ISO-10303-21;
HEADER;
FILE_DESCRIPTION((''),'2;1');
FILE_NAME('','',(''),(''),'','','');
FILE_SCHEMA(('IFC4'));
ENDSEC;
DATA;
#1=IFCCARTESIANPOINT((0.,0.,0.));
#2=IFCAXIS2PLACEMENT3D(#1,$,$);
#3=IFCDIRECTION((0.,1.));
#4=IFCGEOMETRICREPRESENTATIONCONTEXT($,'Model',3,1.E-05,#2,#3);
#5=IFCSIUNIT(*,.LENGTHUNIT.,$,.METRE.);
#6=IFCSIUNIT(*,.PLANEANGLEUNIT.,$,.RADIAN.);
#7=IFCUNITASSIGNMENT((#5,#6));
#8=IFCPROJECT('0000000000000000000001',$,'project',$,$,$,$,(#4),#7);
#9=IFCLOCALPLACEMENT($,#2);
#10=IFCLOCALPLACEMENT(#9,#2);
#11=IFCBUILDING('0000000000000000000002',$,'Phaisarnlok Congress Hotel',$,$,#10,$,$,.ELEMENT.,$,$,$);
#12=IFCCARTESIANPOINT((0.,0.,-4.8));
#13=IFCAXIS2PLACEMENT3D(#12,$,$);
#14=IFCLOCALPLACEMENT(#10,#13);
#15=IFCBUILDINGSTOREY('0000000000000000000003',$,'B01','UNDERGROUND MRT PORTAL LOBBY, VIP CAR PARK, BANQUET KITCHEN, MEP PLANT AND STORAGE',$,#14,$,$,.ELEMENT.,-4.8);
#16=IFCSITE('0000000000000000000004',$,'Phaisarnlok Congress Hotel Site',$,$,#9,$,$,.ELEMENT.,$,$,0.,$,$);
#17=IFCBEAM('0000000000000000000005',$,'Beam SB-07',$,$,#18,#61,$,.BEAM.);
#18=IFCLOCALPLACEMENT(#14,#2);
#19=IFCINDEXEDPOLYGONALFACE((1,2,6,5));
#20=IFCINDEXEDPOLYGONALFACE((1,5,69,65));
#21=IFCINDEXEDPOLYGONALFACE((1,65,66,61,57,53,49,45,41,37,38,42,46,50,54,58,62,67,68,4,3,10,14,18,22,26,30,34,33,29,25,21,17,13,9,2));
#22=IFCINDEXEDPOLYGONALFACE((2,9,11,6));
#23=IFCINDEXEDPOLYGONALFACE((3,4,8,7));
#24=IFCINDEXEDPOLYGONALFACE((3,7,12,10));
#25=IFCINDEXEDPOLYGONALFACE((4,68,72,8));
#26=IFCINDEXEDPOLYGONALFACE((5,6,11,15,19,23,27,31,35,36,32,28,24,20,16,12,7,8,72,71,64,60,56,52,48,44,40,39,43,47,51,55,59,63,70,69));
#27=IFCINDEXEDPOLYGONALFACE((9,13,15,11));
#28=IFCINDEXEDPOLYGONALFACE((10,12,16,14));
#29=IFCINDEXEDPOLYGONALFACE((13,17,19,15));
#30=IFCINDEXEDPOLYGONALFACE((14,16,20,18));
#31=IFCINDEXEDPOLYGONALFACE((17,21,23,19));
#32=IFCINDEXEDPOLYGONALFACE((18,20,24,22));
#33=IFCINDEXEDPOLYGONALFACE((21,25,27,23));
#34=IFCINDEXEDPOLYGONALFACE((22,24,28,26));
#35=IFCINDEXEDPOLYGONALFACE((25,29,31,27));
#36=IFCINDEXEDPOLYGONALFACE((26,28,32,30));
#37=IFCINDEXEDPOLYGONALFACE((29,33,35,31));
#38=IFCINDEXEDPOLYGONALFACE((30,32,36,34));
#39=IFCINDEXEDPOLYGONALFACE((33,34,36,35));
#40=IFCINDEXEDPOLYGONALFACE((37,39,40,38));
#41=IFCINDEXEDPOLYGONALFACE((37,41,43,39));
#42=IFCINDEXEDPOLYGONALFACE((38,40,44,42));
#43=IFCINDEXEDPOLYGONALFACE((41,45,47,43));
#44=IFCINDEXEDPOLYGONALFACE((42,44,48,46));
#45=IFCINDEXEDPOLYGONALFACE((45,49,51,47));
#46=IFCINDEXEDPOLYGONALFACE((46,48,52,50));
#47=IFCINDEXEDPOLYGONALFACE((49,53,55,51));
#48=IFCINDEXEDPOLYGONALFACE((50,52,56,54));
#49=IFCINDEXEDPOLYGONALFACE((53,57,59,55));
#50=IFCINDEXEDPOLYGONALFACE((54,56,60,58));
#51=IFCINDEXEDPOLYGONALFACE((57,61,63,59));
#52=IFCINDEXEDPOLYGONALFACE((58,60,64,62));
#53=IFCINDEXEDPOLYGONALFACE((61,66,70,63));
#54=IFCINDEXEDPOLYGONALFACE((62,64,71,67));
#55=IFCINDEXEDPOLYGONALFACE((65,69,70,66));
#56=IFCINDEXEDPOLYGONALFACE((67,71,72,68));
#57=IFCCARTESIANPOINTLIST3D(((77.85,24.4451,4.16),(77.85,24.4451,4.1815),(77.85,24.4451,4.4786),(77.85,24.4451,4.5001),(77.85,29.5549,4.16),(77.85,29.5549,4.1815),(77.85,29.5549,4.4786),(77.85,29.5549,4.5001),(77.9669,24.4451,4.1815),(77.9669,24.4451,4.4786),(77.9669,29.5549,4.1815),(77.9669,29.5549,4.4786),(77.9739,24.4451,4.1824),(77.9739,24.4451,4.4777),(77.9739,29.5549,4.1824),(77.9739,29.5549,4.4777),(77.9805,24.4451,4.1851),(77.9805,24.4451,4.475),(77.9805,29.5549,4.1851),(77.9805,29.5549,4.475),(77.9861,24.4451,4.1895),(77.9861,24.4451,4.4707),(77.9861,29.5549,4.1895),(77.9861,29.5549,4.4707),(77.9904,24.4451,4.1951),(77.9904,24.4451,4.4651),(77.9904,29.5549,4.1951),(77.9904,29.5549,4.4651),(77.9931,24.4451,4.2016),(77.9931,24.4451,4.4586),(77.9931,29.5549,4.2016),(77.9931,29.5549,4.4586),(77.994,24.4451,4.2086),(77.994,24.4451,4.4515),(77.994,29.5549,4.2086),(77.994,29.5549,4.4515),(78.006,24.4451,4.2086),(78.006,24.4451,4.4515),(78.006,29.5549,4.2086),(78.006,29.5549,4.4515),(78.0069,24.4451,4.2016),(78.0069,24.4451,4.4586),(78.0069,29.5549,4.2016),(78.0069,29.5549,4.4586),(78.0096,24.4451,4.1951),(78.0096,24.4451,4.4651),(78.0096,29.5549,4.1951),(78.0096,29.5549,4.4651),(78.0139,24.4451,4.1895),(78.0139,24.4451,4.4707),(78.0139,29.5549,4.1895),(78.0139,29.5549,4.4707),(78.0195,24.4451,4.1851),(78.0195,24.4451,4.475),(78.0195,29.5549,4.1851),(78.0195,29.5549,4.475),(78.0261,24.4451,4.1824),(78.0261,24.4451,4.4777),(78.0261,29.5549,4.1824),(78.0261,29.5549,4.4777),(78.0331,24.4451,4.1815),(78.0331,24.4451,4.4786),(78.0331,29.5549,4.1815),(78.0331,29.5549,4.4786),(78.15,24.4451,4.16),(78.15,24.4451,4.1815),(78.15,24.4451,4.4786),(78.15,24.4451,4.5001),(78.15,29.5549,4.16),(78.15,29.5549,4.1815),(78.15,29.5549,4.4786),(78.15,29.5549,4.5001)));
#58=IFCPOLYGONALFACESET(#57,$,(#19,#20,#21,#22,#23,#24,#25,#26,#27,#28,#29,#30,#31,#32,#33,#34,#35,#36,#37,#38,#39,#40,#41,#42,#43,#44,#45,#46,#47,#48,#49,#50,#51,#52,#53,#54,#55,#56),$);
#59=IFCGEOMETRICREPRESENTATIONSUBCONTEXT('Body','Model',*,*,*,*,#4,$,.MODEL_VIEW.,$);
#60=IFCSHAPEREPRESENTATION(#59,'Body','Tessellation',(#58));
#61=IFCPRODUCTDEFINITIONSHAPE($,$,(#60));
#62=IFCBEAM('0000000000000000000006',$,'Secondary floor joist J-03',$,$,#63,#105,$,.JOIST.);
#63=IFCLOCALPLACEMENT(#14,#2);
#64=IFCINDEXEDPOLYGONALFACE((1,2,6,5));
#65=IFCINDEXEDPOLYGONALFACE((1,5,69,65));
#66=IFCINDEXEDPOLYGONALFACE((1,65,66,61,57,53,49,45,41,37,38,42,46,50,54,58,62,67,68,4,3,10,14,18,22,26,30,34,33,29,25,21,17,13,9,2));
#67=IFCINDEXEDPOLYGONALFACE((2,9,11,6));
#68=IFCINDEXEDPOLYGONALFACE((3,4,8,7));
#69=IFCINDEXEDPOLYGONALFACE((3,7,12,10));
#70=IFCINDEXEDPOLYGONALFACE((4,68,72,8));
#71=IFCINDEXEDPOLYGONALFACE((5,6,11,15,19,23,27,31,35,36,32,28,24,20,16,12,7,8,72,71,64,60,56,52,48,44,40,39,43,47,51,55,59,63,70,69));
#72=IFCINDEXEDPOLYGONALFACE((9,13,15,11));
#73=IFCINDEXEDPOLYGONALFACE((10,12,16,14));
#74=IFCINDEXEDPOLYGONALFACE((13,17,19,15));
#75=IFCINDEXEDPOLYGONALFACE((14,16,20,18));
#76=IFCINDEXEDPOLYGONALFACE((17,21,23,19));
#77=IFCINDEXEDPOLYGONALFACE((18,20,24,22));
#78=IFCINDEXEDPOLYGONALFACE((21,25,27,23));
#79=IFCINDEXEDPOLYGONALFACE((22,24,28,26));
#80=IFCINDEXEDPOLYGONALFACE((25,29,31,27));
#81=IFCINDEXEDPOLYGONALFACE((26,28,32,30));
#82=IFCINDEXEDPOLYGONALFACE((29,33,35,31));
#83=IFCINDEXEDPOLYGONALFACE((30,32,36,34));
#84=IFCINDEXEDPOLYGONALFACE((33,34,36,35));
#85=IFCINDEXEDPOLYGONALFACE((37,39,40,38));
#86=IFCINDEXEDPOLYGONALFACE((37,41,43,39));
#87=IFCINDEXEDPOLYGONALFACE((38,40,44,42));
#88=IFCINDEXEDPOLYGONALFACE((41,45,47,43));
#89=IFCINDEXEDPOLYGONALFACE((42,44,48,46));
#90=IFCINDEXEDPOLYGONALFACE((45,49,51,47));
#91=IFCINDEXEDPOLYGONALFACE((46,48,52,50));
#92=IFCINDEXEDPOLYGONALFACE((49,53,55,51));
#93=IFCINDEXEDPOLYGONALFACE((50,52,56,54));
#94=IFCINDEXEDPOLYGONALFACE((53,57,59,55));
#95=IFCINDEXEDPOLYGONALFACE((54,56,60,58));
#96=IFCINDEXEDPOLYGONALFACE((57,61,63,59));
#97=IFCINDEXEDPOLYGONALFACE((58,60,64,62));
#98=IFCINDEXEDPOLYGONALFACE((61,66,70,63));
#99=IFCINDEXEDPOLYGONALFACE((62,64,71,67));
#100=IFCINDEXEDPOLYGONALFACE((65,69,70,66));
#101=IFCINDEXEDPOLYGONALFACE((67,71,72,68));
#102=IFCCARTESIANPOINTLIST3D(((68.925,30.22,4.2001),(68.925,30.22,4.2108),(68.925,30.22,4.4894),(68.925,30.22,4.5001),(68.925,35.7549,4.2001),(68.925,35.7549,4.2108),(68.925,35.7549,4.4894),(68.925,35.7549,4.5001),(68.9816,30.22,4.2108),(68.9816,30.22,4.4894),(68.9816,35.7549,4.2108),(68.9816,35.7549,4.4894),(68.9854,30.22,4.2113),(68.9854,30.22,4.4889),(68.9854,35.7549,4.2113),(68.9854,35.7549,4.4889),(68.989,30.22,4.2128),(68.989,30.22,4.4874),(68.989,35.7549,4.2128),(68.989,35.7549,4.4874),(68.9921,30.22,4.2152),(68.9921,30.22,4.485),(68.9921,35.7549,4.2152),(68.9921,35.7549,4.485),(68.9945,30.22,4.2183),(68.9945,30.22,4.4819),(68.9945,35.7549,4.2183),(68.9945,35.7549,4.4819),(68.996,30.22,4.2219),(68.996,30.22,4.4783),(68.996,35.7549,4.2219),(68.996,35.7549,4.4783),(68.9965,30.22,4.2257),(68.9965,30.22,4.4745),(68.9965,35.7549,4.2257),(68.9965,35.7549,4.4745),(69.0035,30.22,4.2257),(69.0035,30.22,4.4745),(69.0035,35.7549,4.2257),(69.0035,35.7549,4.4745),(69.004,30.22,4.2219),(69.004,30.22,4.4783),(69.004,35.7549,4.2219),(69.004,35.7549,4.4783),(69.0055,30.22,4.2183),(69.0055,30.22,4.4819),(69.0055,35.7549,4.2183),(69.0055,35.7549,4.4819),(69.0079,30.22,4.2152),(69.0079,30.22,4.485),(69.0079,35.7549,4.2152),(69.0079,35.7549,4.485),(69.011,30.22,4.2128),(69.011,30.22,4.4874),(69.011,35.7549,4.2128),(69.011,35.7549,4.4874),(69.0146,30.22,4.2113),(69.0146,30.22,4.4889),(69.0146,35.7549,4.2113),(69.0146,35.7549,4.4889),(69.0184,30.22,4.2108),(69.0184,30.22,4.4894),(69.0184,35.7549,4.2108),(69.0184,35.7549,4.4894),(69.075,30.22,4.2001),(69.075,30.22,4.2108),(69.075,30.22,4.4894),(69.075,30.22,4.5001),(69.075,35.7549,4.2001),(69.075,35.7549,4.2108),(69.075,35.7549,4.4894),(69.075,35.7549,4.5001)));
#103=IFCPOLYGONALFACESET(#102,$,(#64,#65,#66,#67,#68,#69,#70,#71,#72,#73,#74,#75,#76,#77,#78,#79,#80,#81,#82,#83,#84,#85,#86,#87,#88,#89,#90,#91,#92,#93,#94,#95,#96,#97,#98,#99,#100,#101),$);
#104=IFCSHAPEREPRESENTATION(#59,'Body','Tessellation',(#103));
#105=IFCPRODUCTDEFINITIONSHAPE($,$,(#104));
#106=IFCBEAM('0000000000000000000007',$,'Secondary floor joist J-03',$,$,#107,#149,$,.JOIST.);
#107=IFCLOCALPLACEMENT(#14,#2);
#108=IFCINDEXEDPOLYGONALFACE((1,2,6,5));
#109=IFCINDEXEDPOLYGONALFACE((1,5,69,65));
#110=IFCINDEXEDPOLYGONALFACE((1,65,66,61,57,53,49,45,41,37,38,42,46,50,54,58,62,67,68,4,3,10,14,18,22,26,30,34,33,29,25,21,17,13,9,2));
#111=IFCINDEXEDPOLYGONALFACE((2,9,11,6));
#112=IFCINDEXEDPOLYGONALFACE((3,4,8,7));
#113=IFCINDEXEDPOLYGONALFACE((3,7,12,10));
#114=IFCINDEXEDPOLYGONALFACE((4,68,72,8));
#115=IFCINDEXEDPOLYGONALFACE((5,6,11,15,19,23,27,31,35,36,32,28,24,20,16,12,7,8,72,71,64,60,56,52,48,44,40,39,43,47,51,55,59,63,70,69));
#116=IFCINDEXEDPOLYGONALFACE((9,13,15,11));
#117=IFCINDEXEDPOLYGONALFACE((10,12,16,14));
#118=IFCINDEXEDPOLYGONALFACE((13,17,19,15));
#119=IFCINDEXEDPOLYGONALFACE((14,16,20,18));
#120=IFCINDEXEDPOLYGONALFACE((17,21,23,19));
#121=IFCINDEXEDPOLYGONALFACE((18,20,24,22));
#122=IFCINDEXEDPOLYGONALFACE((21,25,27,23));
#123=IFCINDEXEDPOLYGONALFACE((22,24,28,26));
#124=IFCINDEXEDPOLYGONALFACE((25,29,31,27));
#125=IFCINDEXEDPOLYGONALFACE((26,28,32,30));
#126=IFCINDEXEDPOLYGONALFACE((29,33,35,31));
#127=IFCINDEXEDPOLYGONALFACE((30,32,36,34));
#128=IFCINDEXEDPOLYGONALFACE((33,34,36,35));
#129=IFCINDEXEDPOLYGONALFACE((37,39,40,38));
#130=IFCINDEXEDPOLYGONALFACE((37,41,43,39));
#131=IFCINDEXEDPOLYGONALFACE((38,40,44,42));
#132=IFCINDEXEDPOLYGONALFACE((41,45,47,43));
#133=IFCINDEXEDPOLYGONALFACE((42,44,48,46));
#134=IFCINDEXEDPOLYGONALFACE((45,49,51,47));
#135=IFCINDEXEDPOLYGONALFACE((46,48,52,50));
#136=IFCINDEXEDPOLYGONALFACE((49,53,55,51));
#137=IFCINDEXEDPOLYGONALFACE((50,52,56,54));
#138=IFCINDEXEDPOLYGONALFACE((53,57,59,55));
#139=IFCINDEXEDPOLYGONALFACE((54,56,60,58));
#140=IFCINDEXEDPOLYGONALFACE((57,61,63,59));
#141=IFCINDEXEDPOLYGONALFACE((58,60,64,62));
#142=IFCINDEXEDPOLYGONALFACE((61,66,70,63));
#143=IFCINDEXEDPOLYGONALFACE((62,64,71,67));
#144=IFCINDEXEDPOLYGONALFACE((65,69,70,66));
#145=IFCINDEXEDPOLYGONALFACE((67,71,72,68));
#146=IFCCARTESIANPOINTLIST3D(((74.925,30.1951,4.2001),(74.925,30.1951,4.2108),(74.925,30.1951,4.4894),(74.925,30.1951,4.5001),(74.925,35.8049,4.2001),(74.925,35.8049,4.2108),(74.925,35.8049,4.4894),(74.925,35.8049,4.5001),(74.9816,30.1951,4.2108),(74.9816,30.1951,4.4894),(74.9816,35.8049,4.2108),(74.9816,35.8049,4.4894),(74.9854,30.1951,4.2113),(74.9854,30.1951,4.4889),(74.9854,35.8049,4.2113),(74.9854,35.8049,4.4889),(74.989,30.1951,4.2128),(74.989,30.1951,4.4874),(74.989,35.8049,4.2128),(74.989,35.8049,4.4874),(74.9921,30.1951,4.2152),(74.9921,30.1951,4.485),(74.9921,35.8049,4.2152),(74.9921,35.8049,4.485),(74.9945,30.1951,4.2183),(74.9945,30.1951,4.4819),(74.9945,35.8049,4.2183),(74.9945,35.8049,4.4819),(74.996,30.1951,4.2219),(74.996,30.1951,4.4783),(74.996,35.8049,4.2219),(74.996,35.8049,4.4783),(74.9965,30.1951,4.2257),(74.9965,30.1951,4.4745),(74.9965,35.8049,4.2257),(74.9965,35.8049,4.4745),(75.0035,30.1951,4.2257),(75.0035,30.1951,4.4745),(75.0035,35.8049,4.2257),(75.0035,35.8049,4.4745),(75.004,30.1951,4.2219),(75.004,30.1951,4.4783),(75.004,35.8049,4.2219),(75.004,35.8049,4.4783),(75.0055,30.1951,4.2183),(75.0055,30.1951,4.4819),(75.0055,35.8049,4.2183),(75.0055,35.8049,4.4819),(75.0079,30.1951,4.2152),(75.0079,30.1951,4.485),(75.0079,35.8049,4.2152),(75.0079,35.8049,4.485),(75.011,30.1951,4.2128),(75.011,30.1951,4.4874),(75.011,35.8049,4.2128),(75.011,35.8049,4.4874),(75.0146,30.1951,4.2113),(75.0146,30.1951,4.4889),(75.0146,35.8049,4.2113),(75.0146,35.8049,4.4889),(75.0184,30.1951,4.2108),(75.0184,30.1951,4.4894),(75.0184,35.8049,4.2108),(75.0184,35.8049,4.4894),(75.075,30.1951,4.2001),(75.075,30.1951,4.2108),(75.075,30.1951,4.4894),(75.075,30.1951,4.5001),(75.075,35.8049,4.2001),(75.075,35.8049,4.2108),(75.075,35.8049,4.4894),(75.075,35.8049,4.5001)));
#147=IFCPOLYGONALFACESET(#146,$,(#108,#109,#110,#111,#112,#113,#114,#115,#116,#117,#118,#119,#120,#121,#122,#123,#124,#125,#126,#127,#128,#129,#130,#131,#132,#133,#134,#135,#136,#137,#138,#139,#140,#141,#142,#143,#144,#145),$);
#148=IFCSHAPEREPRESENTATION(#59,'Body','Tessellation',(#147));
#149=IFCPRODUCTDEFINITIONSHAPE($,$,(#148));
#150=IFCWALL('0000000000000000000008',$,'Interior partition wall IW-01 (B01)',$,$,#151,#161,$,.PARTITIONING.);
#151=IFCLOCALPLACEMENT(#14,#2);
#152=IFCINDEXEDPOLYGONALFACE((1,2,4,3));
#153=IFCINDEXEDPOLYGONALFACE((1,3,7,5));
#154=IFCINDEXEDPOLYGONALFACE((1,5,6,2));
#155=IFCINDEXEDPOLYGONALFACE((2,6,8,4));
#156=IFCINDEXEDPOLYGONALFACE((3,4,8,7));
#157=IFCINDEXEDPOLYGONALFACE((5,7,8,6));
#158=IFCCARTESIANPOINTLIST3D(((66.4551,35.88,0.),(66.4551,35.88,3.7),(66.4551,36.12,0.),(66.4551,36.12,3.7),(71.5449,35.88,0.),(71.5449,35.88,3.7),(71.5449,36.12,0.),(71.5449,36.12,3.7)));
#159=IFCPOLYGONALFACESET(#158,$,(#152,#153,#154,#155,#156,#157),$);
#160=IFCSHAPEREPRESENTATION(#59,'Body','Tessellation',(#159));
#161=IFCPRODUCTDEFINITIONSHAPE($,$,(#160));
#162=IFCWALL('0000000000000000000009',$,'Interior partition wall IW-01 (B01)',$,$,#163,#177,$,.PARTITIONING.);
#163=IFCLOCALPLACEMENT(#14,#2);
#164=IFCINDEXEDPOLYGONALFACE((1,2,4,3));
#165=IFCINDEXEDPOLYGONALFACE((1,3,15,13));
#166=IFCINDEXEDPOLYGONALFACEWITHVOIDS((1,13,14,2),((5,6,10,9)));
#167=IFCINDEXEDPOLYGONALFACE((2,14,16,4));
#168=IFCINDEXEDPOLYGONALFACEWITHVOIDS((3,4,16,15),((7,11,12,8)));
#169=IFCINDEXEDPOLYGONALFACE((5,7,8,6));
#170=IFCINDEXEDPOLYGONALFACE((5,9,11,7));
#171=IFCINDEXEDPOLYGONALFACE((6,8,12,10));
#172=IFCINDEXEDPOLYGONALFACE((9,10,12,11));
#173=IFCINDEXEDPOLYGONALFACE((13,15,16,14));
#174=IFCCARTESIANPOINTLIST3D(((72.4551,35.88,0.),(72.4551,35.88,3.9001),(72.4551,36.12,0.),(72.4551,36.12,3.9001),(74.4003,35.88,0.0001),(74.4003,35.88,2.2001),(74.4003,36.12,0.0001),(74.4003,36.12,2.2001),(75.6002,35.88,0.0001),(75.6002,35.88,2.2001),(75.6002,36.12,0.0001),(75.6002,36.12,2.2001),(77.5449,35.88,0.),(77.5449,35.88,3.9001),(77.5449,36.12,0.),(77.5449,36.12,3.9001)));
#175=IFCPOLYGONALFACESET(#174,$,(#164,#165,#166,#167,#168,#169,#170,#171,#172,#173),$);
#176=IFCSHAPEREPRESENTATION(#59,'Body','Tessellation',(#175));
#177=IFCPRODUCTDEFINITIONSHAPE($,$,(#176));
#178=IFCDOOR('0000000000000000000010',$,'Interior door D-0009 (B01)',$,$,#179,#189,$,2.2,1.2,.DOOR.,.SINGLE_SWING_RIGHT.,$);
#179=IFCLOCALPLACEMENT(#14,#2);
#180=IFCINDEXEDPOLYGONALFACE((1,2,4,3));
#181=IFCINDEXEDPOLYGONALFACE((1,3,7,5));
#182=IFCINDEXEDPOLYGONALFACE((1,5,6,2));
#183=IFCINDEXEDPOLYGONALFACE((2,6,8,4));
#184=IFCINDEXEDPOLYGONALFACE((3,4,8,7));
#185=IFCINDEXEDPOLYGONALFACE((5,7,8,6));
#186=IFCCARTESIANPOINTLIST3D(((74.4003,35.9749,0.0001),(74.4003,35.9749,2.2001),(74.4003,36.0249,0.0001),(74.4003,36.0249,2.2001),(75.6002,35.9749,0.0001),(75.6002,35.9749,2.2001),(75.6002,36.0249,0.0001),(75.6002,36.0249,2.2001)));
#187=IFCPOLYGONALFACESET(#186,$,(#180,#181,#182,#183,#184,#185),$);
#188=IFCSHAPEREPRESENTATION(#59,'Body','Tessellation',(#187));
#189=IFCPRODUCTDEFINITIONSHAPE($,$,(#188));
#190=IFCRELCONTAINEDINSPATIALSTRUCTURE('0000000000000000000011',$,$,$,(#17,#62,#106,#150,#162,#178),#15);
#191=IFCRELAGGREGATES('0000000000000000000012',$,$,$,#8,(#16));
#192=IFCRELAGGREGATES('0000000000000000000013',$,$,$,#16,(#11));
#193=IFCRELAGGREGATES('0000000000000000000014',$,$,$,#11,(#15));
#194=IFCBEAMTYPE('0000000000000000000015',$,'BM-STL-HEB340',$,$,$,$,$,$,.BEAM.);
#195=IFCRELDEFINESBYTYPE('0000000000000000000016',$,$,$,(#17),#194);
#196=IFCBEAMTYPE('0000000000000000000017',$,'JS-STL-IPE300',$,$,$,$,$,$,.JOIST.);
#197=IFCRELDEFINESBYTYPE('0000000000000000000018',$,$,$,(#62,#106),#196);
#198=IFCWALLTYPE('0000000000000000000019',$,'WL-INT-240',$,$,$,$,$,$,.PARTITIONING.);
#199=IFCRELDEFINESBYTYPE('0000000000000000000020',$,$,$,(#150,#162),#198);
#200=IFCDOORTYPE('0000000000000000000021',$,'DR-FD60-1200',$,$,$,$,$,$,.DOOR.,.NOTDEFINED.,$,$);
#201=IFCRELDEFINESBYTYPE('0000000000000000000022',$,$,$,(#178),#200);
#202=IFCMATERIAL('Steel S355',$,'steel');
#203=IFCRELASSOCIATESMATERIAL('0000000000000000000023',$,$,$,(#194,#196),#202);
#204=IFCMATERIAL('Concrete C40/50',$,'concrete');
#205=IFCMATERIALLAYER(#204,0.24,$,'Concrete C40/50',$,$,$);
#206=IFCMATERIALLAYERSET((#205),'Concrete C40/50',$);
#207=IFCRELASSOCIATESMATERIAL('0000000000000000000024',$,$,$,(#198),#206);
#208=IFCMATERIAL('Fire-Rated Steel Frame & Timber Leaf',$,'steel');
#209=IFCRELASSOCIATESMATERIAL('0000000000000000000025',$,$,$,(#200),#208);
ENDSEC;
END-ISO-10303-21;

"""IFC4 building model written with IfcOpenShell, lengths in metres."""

from ifc_helpers import new_model, si_unit, direction, frame, frame_2d, origin, origin_2d, place, context, subcontext, project, spatial, rectangle, i_section, extrude, material, layer, layer_set, material_profile, profile_set, type_object, element, fill, save


model = new_model("IFC4")

# Units and contexts
model_context = context("Model", 3, precision=1e-05, world=origin(), true_north=direction((0.0, 1.0)))
body_context = subcontext(model_context, "Body", "Model", "MODEL_VIEW")
ifc_project = project(units=[si_unit("LENGTHUNIT", "METRE"), si_unit("PLANEANGLEUNIT", "RADIAN")], contexts=[model_context])

# Site, building, storey
site_placement = place(None, origin())
site = spatial("IfcSite", under=ifc_project, at=site_placement, Name="Phaisarnlok Congress Hotel Site", CompositionType="ELEMENT", RefElevation=0.0)
building_placement = place(site_placement, origin())
building = spatial("IfcBuilding", under=site, at=building_placement, Name="Phaisarnlok Congress Hotel", CompositionType="ELEMENT")
storey_placement = place(building_placement, frame((0.0, 0.0, -4.8)))
storey = spatial("IfcBuildingStorey", under=building, at=storey_placement, Name="B01", Description="UNDERGROUND MRT PORTAL LOBBY, VIP CAR PARK, BANQUET KITCHEN, MEP PLANT AND STORAGE", CompositionType="ELEMENT", Elevation=-4.8)

# Shared definitions
ifc_material_1 = material(Name="Concrete C40/50", Category="concrete")

# Beams
ifc_material_2 = material(Name="Steel S355", Category="steel")
ifc_material_profile_1 = material_profile(ifc_material_2, i_section(OverallWidth=0.3, OverallDepth=0.3401, WebThickness=0.012, FlangeThickness=0.0215, FilletRadius=0.0271, at=origin_2d()), Name="HEB 340")
ifc_profile_set_1 = profile_set([ifc_material_profile_1], Name="Steel S355")
beam_type_1 = type_object("IfcBeamType", Name="BM-STL-HEB340", PredefinedType="BEAM", material=ifc_profile_set_1)
for number, where, z_axis, x_axis, name in (
    (1, (78.0, 24.4451, 4.3301), (0.0, 1.0, 0.0), (-1.0, 0.0, 0.0), "Beam SB-07"),
):
    element("IfcBeam", number, at=place(storey_placement, frame(where, z_axis=z_axis, x_axis=x_axis)), inside=storey, type_object=beam_type_1, Name=name, PredefinedType="BEAM", context=body_context, shape_type="SweptSolid", body=[
        extrude(i_section(OverallWidth=0.3, OverallDepth=0.3401, WebThickness=0.012, FlangeThickness=0.0215, FilletRadius=0.0271, at=origin_2d()), origin(), (0.0, 0.0, 1.0), 5.1099),
    ])
ifc_material_profile_2 = material_profile(ifc_material_2, i_section(OverallWidth=0.1499, OverallDepth=0.3, WebThickness=0.0071, FlangeThickness=0.0107, FilletRadius=0.0149, at=origin_2d()), Name="IPE 300")
ifc_profile_set_2 = profile_set([ifc_material_profile_2], Name="Steel S355")
beam_type_2 = type_object("IfcBeamType", Name="JS-STL-IPE300", PredefinedType="JOIST", material=ifc_profile_set_2)
beam_1_placement = place(storey_placement, frame((69.0, 30.22, 4.3501), z_axis=(0.0, 1.0, 0.0), x_axis=(-1.0, 0.0, 0.0)))
element("IfcBeam", 2, at=beam_1_placement, inside=storey, type_object=beam_type_2, Name="Secondary floor joist J-03", PredefinedType="JOIST", context=body_context, shape_type="SweptSolid", body=[
    extrude(i_section(OverallWidth=0.1499, OverallDepth=0.3, WebThickness=0.0071, FlangeThickness=0.0107, FilletRadius=0.0149, at=origin_2d()), origin(), (0.0, 0.0, 1.0), 5.5349),
])
beam_2_placement = place(storey_placement, frame((75.0, 30.1951, 4.3501), z_axis=(0.0, 1.0, 0.0), x_axis=(-1.0, 0.0, 0.0)))
element("IfcBeam", 3, at=beam_2_placement, inside=storey, type_object=beam_type_2, Name="Secondary floor joist J-03", PredefinedType="JOIST", context=body_context, shape_type="SweptSolid", body=[
    extrude(i_section(OverallWidth=0.1499, OverallDepth=0.3, WebThickness=0.0071, FlangeThickness=0.0107, FilletRadius=0.0149, at=origin_2d()), origin(), (0.0, 0.0, 1.0), 5.6099),
])

# Wall
ifc_layer = layer(ifc_material_1, 0.24, Name="Concrete C40/50")
ifc_layer_set = layer_set([ifc_layer], Name="Concrete C40/50")
wall_type = type_object("IfcWallType", Name="WL-INT-240", PredefinedType="PARTITIONING", material=ifc_layer_set)
wall_1_placement = place(storey_placement, frame((66.4551, 36.0, 0.0), z_axis=(0.0, 0.0, 1.0), x_axis=(1.0, 0.0, 0.0)))
element("IfcWall", 4, at=wall_1_placement, inside=storey, type_object=wall_type, Name="Interior partition wall IW-01 (B01)", PredefinedType="PARTITIONING", context=body_context, shape_type="SweptSolid", body=[
    extrude(rectangle(XDim=5.0898, YDim=0.24, at=frame_2d((2.5449, 0.0))), origin(), (0.0, 0.0, 1.0), 3.7),
])

# Wall, opening, door
wall_2_placement = place(storey_placement, frame((72.4551, 36.0, 0.0), z_axis=(0.0, 0.0, 1.0), x_axis=(1.0, 0.0, 0.0)))
wall_2 = element("IfcWall", 5, at=wall_2_placement, inside=storey, type_object=wall_type, Name="Interior partition wall IW-01 (B01)", PredefinedType="PARTITIONING", context=body_context, shape_type="SweptSolid", body=[
    extrude(rectangle(XDim=5.0898, YDim=0.24, at=frame_2d((2.5449, 0.0))), origin(), (0.0, 0.0, 1.0), 3.9001),
])
opening_placement = place(wall_2_placement, frame((1.9451, 0.0, 0.0)))
opening = element("IfcOpeningElement", 6, at=opening_placement, cuts=wall_2, PredefinedType="OPENING", context=body_context, shape_type="SweptSolid", body=[
    extrude(rectangle(XDim=1.2, YDim=2.2, at=frame_2d((0.6001, 1.1001))), frame((0.0, 0.1299, 0.0), z_axis=(0.0, -1.0, 0.0), x_axis=(1.0, 0.0, 0.0)), (0.0, 0.0, 1.0), 0.26),
])
ifc_material_3 = material(Name="Fire-Rated Steel Frame & Timber Leaf", Category="steel")
door_type = type_object("IfcDoorType", Name="DR-FD60-1200", OperationType="NOTDEFINED", PredefinedType="DOOR", material=ifc_material_3)
door_placement = place(opening_placement, origin())
door = element("IfcDoor", 7, at=door_placement, inside=storey, type_object=door_type, Name="Interior door D-0009 (B01)", OperationType="SINGLE_SWING_RIGHT", OverallHeight=2.2, OverallWidth=1.2, PredefinedType="DOOR", context=body_context, shape_type="SweptSolid", body=[
    extrude(rectangle(XDim=1.2, YDim=2.2, at=frame_2d((0.6001, 1.1001))), frame((0.0, 0.0249, 0.0), z_axis=(0.0, -1.0, 0.0), x_axis=(1.0, 0.0, 0.0)), (0.0, 0.0, 1.0), 0.05),
])
fill(opening, door)

save(model, "model.ifc")
